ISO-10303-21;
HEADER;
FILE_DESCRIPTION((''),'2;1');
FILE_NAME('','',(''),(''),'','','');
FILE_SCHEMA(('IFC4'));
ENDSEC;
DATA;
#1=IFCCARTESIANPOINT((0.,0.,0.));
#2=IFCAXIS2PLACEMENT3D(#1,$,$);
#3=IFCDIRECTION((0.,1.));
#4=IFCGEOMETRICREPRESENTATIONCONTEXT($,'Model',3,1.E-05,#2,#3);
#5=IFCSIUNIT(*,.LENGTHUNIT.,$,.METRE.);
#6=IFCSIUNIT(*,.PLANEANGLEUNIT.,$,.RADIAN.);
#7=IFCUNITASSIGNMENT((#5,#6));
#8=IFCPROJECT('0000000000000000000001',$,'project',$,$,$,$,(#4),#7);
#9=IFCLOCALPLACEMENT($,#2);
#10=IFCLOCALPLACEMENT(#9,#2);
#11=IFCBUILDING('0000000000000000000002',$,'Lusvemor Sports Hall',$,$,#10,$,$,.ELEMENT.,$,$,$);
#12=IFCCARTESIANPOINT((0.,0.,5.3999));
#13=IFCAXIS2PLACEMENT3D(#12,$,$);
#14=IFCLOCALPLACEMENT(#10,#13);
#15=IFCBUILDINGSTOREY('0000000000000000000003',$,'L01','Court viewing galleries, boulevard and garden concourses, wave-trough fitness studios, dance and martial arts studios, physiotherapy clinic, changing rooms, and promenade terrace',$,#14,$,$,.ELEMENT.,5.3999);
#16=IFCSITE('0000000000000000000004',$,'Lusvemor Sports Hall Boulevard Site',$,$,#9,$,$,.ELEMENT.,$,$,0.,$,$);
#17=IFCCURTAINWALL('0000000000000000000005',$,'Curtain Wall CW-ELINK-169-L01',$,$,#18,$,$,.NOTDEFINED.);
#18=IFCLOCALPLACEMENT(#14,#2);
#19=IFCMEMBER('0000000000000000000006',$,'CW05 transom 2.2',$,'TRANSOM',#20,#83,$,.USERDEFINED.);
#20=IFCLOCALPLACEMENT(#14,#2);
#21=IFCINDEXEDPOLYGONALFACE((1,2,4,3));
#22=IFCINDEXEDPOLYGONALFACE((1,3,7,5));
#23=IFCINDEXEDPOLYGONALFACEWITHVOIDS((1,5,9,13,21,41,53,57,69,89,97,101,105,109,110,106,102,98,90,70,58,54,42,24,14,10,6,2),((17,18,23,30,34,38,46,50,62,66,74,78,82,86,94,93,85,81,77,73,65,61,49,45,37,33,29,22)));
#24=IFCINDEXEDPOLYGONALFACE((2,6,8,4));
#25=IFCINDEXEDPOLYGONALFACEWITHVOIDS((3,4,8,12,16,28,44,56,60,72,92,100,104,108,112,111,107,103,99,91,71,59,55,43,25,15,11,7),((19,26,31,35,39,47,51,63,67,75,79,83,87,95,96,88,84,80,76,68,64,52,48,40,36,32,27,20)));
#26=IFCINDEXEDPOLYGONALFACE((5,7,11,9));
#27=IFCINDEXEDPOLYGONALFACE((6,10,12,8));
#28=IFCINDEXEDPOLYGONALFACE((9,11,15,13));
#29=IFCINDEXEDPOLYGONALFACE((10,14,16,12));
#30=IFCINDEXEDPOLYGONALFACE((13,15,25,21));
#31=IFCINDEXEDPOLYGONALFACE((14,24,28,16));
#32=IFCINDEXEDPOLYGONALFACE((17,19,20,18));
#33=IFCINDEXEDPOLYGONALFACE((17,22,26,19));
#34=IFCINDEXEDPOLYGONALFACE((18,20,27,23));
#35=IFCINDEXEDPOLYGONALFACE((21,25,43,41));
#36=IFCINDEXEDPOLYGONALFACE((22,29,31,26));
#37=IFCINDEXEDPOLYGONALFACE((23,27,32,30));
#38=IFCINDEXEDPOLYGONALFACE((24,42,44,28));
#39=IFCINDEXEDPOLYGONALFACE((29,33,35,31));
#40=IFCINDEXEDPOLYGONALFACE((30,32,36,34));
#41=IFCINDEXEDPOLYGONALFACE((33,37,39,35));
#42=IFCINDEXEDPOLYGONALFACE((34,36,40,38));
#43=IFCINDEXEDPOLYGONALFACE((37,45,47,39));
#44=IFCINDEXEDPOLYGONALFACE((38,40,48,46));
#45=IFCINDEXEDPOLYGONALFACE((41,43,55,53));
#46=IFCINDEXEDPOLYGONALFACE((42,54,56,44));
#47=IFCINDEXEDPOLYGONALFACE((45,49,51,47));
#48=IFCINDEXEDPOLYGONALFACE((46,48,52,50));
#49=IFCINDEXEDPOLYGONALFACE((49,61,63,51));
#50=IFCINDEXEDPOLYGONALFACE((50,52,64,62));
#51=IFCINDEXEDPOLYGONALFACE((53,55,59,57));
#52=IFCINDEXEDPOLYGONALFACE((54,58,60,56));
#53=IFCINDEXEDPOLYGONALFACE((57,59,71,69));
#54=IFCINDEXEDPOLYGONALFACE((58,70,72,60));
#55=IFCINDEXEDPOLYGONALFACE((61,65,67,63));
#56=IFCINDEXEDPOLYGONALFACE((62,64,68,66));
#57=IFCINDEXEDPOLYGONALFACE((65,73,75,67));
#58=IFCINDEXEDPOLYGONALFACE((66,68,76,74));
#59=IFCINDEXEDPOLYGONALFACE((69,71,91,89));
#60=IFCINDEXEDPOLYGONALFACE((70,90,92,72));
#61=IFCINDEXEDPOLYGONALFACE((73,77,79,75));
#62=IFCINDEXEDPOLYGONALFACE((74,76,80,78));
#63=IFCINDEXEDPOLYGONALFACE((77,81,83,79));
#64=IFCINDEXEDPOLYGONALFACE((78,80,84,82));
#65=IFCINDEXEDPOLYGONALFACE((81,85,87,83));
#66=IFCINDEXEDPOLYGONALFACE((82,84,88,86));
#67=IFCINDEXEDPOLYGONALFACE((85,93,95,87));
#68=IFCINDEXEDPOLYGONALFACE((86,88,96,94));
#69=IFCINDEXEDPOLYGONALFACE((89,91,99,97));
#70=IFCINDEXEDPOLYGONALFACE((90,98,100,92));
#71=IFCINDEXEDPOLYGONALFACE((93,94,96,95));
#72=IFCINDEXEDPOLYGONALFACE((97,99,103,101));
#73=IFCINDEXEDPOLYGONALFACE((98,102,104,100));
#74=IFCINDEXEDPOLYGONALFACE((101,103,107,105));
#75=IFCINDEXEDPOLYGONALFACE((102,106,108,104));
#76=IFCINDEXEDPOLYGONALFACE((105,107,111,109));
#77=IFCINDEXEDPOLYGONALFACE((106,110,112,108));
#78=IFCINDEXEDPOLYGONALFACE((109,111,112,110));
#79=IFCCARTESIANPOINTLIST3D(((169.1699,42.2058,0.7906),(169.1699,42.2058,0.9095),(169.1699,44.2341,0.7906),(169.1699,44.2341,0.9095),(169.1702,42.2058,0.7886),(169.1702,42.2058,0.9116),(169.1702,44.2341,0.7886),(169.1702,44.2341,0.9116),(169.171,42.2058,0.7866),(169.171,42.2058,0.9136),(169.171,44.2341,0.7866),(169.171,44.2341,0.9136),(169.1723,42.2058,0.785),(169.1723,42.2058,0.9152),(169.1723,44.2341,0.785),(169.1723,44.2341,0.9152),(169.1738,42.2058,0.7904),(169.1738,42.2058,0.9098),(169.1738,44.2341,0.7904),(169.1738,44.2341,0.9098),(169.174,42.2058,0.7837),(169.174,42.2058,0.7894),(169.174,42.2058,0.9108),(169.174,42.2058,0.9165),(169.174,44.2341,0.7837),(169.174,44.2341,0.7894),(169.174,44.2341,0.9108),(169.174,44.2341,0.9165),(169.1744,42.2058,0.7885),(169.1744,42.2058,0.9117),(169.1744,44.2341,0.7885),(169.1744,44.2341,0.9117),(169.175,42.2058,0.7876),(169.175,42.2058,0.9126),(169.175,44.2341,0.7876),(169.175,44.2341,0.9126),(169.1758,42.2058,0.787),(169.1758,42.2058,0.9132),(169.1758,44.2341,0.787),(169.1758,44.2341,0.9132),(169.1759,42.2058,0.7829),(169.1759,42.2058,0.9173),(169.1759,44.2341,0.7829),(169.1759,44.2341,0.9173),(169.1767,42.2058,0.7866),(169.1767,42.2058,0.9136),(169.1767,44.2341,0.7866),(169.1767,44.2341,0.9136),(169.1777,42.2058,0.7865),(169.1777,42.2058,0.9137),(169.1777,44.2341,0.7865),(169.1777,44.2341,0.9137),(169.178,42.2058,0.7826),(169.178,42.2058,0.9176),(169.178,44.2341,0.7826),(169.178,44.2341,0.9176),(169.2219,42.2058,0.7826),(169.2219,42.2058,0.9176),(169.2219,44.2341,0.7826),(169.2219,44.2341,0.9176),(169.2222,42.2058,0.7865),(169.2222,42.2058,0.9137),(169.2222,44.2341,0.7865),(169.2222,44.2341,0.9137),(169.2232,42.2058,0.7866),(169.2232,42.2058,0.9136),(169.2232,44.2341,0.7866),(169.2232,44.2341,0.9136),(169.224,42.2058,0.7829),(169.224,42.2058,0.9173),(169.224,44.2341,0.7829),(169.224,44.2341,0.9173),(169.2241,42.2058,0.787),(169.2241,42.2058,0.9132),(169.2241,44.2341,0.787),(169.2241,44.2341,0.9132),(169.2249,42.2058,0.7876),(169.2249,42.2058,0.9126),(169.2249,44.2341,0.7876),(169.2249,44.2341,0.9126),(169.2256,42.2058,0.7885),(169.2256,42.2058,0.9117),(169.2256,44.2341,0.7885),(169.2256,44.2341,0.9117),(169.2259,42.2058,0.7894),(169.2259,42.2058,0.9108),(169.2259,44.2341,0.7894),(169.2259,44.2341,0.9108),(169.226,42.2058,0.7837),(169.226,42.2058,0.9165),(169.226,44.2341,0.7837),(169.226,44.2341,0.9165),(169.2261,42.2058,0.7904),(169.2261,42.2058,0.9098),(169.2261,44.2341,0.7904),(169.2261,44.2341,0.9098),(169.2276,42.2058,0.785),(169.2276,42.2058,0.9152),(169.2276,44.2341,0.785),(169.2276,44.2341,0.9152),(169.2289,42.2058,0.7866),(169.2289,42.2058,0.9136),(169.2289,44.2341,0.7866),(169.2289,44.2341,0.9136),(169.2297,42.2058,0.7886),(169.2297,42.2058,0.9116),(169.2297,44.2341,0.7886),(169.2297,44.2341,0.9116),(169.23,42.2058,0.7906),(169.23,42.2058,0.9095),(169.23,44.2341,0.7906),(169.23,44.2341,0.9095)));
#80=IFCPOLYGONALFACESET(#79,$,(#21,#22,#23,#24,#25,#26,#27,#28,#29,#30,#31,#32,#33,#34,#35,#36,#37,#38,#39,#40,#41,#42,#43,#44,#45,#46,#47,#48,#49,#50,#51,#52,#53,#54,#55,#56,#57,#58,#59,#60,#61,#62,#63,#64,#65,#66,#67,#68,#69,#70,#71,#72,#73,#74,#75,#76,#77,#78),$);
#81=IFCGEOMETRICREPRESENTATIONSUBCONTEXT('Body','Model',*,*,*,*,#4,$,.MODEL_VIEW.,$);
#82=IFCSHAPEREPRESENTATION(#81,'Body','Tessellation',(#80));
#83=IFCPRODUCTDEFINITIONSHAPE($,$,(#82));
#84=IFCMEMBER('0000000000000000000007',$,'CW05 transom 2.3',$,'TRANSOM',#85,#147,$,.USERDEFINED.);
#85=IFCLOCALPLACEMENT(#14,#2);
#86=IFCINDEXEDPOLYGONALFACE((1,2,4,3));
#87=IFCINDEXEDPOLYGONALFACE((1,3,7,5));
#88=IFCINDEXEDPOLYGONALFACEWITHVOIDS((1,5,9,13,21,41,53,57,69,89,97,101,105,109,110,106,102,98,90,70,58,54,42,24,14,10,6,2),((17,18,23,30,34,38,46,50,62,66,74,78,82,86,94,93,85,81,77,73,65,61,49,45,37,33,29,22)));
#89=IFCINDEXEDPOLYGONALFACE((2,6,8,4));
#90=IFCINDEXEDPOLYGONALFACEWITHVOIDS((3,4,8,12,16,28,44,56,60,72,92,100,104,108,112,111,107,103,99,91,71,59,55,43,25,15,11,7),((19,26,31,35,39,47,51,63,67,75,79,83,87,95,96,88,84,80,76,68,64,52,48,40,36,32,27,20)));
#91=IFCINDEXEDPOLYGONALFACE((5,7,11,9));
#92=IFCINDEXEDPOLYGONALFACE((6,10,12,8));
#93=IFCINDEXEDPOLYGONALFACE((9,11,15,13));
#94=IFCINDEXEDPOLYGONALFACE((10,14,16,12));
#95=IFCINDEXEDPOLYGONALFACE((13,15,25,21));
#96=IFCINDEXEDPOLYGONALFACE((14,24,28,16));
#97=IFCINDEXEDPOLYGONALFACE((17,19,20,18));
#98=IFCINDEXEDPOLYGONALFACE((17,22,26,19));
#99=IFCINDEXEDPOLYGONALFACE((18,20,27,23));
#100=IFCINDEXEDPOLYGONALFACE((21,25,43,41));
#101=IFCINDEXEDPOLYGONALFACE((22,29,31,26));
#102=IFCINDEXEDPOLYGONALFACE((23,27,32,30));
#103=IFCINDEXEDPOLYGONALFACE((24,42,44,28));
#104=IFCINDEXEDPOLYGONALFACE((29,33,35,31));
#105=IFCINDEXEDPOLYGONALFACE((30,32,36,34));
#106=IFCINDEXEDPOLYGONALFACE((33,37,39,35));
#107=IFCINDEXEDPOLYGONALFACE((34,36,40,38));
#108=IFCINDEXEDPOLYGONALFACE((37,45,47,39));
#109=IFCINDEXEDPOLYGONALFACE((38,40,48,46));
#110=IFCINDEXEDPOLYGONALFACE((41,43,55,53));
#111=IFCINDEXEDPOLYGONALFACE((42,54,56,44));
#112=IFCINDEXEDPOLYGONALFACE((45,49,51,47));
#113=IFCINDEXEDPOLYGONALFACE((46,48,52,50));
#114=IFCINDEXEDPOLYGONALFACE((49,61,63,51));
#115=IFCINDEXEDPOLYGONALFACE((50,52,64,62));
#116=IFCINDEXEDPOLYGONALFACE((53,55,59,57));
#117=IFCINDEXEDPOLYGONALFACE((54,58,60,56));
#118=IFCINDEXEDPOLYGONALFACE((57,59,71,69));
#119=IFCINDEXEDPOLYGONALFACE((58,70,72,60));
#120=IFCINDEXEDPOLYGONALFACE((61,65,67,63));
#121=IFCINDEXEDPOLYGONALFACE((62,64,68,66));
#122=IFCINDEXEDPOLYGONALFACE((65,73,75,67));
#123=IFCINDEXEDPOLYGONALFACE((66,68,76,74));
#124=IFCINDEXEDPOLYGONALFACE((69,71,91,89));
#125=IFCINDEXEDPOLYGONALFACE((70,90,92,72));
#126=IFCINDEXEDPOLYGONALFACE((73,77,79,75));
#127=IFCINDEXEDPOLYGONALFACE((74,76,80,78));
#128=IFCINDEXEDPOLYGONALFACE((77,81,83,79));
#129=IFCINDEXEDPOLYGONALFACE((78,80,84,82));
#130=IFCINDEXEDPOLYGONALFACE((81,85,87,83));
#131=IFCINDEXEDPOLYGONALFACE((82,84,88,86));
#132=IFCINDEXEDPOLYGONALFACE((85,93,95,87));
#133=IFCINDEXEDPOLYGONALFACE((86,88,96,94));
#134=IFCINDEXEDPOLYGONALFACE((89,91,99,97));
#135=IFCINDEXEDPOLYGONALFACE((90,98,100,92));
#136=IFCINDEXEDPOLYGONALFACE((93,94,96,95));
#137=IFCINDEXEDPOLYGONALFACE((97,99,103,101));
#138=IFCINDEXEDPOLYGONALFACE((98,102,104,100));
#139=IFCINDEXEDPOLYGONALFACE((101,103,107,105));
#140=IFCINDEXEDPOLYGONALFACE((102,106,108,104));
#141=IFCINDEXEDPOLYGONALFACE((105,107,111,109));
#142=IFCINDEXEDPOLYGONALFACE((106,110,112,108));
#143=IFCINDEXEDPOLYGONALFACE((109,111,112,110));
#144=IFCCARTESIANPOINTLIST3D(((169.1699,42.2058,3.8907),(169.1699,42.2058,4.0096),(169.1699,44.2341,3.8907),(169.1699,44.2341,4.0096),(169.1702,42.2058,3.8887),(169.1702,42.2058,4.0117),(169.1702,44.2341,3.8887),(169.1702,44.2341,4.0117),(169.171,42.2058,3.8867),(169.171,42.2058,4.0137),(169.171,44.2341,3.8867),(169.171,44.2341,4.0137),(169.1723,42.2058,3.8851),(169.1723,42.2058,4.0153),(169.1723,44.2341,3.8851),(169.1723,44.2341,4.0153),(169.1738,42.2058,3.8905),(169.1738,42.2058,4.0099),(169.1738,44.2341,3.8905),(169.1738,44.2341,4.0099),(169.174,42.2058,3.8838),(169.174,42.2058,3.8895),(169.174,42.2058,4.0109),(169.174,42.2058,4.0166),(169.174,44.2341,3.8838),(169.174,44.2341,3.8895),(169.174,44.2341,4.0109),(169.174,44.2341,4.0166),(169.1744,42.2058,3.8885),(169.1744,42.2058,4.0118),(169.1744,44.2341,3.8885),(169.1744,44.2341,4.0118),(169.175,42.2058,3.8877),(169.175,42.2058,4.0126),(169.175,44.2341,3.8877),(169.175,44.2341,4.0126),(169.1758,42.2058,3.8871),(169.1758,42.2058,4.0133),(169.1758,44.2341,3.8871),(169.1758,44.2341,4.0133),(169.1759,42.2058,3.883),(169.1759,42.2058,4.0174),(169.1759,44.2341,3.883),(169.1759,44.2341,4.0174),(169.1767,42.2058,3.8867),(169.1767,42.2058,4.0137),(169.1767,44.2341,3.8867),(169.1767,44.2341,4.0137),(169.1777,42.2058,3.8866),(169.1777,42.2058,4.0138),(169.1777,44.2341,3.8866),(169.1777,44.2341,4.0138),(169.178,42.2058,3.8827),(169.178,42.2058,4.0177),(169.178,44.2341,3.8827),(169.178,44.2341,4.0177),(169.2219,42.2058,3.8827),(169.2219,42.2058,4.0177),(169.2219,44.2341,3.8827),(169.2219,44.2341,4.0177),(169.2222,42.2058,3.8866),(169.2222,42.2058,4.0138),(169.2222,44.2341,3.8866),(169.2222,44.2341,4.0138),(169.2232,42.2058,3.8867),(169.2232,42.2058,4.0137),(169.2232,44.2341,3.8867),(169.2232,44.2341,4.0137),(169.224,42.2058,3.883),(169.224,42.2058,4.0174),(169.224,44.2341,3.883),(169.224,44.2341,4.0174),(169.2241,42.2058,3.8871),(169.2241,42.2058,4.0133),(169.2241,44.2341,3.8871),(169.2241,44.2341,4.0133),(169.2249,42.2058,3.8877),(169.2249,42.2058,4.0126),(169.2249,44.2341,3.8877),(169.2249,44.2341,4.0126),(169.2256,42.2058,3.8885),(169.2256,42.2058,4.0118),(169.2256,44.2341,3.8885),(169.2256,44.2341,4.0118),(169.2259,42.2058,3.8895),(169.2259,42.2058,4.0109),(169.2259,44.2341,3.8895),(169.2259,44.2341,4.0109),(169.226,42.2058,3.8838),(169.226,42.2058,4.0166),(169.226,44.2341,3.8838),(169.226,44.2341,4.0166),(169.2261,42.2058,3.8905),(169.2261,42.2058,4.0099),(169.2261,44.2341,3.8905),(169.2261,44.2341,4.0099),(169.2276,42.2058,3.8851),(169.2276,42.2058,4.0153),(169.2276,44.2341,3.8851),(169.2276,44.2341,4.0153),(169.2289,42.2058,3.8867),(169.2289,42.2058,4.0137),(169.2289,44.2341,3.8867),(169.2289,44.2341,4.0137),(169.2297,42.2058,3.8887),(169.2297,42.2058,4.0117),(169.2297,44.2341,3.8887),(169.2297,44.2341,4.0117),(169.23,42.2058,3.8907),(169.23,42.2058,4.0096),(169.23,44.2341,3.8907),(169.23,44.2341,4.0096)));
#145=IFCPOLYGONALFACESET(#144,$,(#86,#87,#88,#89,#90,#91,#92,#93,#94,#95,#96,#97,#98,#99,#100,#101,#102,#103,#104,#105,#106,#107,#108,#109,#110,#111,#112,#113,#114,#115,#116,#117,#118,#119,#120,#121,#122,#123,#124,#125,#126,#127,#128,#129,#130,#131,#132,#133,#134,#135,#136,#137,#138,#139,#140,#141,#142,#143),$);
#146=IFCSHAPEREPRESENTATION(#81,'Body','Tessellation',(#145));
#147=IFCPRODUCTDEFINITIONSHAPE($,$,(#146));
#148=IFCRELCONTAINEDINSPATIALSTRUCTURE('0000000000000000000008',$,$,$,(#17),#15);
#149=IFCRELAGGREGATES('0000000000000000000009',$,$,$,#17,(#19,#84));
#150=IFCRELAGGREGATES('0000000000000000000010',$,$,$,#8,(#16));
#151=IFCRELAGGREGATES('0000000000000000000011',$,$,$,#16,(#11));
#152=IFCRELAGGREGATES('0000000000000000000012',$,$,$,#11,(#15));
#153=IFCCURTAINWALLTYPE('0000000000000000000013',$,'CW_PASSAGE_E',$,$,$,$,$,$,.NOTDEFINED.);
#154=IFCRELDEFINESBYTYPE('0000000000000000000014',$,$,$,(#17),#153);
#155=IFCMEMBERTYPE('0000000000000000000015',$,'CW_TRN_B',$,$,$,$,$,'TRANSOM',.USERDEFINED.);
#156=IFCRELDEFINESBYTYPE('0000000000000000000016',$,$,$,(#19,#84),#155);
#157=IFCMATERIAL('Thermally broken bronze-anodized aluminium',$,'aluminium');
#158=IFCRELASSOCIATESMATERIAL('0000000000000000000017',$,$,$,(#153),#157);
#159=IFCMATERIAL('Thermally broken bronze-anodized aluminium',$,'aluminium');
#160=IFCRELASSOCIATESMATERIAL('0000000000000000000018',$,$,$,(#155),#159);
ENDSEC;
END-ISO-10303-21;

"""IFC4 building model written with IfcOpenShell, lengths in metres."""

from ifc_helpers import new_model, si_unit, direction, frame, origin, origin_2d, place, context, subcontext, project, spatial, hollow_rectangle, extrude, material, material_profile, profile_set, type_object, element, aggregate, save


model = new_model("IFC4")

# Units and contexts
model_context = context("Model", 3, precision=1e-05, world=origin(), true_north=direction((0.0, 1.0)))
body_context = subcontext(model_context, "Body", "Model", "MODEL_VIEW")
ifc_project = project(units=[si_unit("LENGTHUNIT", "METRE"), si_unit("PLANEANGLEUNIT", "RADIAN")], contexts=[model_context])

# Site, building, storey
site_placement = place(None, origin())
site = spatial("IfcSite", under=ifc_project, at=site_placement, Name="Lusvemor Sports Hall Boulevard Site", CompositionType="ELEMENT", RefElevation=0.0)
building_placement = place(site_placement, origin())
building = spatial("IfcBuilding", under=site, at=building_placement, Name="Lusvemor Sports Hall", CompositionType="ELEMENT")
storey_placement = place(building_placement, frame((0.0, 0.0, 5.3999)))
storey = spatial("IfcBuildingStorey", under=building, at=storey_placement, Name="L01", Description="Court viewing galleries, boulevard and garden concourses, wave-trough fitness studios, dance and martial arts studios, physiotherapy clinic, changing rooms, and promenade terrace", CompositionType="ELEMENT", Elevation=5.3999)

# Curtain wall, members
ifc_material_1 = material(Name="Thermally broken bronze-anodized aluminium", Category="aluminium")
curtain_wall_type = type_object("IfcCurtainWallType", Name="CW_PASSAGE_E", PredefinedType="NOTDEFINED", material=ifc_material_1)
curtain_wall_placement = place(storey_placement, origin())
curtain_wall = element("IfcCurtainWall", 1, at=curtain_wall_placement, inside=storey, type_object=curtain_wall_type, Name="Curtain Wall CW-ELINK-169-L01", PredefinedType="NOTDEFINED")
ifc_material_2 = material(Name="Thermally broken bronze-anodized aluminium", Category="aluminium")
ifc_material_profile_1 = material_profile(ifc_material_2, hollow_rectangle(XDim=0.0601, YDim=0.135, WallThickness=0.0039, InnerFilletRadius=0.0039, OuterFilletRadius=0.0081, at=origin_2d()), Name="CWTRN135x60x4")
ifc_profile_set_1 = profile_set([ifc_material_profile_1], Name="Thermally broken bronze-anodized aluminium")
member_type_1 = type_object("IfcMemberType", Name="CW_TRN_B", ElementType="TRANSOM", PredefinedType="USERDEFINED", material=ifc_profile_set_1)
member_1_placement = place(storey_placement, frame((169.2, 42.2058, 0.8501), z_axis=(0.0, 1.0, 0.0), x_axis=(-1.0, 0.0, 0.0)))
member_1 = element("IfcMember", 2, at=member_1_placement, type_object=member_type_1, Name="CW05 transom 2.2", ObjectType="TRANSOM", PredefinedType="USERDEFINED", context=body_context, shape_type="SweptSolid", body=[
    extrude(hollow_rectangle(XDim=0.0601, YDim=0.135, WallThickness=0.0039, InnerFilletRadius=0.0039, OuterFilletRadius=0.0081, at=origin_2d()), origin(), (0.0, 0.0, 1.0), 2.0283),
])
member_2_placement = place(storey_placement, frame((169.2, 42.2058, 3.9502), z_axis=(0.0, 1.0, 0.0), x_axis=(-1.0, 0.0, 0.0)))
member_2 = element("IfcMember", 3, at=member_2_placement, type_object=member_type_1, Name="CW05 transom 2.3", ObjectType="TRANSOM", PredefinedType="USERDEFINED", context=body_context, shape_type="SweptSolid", body=[
    extrude(hollow_rectangle(XDim=0.0601, YDim=0.135, WallThickness=0.0039, InnerFilletRadius=0.0039, OuterFilletRadius=0.0081, at=origin_2d()), origin(), (0.0, 0.0, 1.0), 2.0283),
])

aggregate(curtain_wall, [member_1, member_2])

save(model, "model.ifc")
